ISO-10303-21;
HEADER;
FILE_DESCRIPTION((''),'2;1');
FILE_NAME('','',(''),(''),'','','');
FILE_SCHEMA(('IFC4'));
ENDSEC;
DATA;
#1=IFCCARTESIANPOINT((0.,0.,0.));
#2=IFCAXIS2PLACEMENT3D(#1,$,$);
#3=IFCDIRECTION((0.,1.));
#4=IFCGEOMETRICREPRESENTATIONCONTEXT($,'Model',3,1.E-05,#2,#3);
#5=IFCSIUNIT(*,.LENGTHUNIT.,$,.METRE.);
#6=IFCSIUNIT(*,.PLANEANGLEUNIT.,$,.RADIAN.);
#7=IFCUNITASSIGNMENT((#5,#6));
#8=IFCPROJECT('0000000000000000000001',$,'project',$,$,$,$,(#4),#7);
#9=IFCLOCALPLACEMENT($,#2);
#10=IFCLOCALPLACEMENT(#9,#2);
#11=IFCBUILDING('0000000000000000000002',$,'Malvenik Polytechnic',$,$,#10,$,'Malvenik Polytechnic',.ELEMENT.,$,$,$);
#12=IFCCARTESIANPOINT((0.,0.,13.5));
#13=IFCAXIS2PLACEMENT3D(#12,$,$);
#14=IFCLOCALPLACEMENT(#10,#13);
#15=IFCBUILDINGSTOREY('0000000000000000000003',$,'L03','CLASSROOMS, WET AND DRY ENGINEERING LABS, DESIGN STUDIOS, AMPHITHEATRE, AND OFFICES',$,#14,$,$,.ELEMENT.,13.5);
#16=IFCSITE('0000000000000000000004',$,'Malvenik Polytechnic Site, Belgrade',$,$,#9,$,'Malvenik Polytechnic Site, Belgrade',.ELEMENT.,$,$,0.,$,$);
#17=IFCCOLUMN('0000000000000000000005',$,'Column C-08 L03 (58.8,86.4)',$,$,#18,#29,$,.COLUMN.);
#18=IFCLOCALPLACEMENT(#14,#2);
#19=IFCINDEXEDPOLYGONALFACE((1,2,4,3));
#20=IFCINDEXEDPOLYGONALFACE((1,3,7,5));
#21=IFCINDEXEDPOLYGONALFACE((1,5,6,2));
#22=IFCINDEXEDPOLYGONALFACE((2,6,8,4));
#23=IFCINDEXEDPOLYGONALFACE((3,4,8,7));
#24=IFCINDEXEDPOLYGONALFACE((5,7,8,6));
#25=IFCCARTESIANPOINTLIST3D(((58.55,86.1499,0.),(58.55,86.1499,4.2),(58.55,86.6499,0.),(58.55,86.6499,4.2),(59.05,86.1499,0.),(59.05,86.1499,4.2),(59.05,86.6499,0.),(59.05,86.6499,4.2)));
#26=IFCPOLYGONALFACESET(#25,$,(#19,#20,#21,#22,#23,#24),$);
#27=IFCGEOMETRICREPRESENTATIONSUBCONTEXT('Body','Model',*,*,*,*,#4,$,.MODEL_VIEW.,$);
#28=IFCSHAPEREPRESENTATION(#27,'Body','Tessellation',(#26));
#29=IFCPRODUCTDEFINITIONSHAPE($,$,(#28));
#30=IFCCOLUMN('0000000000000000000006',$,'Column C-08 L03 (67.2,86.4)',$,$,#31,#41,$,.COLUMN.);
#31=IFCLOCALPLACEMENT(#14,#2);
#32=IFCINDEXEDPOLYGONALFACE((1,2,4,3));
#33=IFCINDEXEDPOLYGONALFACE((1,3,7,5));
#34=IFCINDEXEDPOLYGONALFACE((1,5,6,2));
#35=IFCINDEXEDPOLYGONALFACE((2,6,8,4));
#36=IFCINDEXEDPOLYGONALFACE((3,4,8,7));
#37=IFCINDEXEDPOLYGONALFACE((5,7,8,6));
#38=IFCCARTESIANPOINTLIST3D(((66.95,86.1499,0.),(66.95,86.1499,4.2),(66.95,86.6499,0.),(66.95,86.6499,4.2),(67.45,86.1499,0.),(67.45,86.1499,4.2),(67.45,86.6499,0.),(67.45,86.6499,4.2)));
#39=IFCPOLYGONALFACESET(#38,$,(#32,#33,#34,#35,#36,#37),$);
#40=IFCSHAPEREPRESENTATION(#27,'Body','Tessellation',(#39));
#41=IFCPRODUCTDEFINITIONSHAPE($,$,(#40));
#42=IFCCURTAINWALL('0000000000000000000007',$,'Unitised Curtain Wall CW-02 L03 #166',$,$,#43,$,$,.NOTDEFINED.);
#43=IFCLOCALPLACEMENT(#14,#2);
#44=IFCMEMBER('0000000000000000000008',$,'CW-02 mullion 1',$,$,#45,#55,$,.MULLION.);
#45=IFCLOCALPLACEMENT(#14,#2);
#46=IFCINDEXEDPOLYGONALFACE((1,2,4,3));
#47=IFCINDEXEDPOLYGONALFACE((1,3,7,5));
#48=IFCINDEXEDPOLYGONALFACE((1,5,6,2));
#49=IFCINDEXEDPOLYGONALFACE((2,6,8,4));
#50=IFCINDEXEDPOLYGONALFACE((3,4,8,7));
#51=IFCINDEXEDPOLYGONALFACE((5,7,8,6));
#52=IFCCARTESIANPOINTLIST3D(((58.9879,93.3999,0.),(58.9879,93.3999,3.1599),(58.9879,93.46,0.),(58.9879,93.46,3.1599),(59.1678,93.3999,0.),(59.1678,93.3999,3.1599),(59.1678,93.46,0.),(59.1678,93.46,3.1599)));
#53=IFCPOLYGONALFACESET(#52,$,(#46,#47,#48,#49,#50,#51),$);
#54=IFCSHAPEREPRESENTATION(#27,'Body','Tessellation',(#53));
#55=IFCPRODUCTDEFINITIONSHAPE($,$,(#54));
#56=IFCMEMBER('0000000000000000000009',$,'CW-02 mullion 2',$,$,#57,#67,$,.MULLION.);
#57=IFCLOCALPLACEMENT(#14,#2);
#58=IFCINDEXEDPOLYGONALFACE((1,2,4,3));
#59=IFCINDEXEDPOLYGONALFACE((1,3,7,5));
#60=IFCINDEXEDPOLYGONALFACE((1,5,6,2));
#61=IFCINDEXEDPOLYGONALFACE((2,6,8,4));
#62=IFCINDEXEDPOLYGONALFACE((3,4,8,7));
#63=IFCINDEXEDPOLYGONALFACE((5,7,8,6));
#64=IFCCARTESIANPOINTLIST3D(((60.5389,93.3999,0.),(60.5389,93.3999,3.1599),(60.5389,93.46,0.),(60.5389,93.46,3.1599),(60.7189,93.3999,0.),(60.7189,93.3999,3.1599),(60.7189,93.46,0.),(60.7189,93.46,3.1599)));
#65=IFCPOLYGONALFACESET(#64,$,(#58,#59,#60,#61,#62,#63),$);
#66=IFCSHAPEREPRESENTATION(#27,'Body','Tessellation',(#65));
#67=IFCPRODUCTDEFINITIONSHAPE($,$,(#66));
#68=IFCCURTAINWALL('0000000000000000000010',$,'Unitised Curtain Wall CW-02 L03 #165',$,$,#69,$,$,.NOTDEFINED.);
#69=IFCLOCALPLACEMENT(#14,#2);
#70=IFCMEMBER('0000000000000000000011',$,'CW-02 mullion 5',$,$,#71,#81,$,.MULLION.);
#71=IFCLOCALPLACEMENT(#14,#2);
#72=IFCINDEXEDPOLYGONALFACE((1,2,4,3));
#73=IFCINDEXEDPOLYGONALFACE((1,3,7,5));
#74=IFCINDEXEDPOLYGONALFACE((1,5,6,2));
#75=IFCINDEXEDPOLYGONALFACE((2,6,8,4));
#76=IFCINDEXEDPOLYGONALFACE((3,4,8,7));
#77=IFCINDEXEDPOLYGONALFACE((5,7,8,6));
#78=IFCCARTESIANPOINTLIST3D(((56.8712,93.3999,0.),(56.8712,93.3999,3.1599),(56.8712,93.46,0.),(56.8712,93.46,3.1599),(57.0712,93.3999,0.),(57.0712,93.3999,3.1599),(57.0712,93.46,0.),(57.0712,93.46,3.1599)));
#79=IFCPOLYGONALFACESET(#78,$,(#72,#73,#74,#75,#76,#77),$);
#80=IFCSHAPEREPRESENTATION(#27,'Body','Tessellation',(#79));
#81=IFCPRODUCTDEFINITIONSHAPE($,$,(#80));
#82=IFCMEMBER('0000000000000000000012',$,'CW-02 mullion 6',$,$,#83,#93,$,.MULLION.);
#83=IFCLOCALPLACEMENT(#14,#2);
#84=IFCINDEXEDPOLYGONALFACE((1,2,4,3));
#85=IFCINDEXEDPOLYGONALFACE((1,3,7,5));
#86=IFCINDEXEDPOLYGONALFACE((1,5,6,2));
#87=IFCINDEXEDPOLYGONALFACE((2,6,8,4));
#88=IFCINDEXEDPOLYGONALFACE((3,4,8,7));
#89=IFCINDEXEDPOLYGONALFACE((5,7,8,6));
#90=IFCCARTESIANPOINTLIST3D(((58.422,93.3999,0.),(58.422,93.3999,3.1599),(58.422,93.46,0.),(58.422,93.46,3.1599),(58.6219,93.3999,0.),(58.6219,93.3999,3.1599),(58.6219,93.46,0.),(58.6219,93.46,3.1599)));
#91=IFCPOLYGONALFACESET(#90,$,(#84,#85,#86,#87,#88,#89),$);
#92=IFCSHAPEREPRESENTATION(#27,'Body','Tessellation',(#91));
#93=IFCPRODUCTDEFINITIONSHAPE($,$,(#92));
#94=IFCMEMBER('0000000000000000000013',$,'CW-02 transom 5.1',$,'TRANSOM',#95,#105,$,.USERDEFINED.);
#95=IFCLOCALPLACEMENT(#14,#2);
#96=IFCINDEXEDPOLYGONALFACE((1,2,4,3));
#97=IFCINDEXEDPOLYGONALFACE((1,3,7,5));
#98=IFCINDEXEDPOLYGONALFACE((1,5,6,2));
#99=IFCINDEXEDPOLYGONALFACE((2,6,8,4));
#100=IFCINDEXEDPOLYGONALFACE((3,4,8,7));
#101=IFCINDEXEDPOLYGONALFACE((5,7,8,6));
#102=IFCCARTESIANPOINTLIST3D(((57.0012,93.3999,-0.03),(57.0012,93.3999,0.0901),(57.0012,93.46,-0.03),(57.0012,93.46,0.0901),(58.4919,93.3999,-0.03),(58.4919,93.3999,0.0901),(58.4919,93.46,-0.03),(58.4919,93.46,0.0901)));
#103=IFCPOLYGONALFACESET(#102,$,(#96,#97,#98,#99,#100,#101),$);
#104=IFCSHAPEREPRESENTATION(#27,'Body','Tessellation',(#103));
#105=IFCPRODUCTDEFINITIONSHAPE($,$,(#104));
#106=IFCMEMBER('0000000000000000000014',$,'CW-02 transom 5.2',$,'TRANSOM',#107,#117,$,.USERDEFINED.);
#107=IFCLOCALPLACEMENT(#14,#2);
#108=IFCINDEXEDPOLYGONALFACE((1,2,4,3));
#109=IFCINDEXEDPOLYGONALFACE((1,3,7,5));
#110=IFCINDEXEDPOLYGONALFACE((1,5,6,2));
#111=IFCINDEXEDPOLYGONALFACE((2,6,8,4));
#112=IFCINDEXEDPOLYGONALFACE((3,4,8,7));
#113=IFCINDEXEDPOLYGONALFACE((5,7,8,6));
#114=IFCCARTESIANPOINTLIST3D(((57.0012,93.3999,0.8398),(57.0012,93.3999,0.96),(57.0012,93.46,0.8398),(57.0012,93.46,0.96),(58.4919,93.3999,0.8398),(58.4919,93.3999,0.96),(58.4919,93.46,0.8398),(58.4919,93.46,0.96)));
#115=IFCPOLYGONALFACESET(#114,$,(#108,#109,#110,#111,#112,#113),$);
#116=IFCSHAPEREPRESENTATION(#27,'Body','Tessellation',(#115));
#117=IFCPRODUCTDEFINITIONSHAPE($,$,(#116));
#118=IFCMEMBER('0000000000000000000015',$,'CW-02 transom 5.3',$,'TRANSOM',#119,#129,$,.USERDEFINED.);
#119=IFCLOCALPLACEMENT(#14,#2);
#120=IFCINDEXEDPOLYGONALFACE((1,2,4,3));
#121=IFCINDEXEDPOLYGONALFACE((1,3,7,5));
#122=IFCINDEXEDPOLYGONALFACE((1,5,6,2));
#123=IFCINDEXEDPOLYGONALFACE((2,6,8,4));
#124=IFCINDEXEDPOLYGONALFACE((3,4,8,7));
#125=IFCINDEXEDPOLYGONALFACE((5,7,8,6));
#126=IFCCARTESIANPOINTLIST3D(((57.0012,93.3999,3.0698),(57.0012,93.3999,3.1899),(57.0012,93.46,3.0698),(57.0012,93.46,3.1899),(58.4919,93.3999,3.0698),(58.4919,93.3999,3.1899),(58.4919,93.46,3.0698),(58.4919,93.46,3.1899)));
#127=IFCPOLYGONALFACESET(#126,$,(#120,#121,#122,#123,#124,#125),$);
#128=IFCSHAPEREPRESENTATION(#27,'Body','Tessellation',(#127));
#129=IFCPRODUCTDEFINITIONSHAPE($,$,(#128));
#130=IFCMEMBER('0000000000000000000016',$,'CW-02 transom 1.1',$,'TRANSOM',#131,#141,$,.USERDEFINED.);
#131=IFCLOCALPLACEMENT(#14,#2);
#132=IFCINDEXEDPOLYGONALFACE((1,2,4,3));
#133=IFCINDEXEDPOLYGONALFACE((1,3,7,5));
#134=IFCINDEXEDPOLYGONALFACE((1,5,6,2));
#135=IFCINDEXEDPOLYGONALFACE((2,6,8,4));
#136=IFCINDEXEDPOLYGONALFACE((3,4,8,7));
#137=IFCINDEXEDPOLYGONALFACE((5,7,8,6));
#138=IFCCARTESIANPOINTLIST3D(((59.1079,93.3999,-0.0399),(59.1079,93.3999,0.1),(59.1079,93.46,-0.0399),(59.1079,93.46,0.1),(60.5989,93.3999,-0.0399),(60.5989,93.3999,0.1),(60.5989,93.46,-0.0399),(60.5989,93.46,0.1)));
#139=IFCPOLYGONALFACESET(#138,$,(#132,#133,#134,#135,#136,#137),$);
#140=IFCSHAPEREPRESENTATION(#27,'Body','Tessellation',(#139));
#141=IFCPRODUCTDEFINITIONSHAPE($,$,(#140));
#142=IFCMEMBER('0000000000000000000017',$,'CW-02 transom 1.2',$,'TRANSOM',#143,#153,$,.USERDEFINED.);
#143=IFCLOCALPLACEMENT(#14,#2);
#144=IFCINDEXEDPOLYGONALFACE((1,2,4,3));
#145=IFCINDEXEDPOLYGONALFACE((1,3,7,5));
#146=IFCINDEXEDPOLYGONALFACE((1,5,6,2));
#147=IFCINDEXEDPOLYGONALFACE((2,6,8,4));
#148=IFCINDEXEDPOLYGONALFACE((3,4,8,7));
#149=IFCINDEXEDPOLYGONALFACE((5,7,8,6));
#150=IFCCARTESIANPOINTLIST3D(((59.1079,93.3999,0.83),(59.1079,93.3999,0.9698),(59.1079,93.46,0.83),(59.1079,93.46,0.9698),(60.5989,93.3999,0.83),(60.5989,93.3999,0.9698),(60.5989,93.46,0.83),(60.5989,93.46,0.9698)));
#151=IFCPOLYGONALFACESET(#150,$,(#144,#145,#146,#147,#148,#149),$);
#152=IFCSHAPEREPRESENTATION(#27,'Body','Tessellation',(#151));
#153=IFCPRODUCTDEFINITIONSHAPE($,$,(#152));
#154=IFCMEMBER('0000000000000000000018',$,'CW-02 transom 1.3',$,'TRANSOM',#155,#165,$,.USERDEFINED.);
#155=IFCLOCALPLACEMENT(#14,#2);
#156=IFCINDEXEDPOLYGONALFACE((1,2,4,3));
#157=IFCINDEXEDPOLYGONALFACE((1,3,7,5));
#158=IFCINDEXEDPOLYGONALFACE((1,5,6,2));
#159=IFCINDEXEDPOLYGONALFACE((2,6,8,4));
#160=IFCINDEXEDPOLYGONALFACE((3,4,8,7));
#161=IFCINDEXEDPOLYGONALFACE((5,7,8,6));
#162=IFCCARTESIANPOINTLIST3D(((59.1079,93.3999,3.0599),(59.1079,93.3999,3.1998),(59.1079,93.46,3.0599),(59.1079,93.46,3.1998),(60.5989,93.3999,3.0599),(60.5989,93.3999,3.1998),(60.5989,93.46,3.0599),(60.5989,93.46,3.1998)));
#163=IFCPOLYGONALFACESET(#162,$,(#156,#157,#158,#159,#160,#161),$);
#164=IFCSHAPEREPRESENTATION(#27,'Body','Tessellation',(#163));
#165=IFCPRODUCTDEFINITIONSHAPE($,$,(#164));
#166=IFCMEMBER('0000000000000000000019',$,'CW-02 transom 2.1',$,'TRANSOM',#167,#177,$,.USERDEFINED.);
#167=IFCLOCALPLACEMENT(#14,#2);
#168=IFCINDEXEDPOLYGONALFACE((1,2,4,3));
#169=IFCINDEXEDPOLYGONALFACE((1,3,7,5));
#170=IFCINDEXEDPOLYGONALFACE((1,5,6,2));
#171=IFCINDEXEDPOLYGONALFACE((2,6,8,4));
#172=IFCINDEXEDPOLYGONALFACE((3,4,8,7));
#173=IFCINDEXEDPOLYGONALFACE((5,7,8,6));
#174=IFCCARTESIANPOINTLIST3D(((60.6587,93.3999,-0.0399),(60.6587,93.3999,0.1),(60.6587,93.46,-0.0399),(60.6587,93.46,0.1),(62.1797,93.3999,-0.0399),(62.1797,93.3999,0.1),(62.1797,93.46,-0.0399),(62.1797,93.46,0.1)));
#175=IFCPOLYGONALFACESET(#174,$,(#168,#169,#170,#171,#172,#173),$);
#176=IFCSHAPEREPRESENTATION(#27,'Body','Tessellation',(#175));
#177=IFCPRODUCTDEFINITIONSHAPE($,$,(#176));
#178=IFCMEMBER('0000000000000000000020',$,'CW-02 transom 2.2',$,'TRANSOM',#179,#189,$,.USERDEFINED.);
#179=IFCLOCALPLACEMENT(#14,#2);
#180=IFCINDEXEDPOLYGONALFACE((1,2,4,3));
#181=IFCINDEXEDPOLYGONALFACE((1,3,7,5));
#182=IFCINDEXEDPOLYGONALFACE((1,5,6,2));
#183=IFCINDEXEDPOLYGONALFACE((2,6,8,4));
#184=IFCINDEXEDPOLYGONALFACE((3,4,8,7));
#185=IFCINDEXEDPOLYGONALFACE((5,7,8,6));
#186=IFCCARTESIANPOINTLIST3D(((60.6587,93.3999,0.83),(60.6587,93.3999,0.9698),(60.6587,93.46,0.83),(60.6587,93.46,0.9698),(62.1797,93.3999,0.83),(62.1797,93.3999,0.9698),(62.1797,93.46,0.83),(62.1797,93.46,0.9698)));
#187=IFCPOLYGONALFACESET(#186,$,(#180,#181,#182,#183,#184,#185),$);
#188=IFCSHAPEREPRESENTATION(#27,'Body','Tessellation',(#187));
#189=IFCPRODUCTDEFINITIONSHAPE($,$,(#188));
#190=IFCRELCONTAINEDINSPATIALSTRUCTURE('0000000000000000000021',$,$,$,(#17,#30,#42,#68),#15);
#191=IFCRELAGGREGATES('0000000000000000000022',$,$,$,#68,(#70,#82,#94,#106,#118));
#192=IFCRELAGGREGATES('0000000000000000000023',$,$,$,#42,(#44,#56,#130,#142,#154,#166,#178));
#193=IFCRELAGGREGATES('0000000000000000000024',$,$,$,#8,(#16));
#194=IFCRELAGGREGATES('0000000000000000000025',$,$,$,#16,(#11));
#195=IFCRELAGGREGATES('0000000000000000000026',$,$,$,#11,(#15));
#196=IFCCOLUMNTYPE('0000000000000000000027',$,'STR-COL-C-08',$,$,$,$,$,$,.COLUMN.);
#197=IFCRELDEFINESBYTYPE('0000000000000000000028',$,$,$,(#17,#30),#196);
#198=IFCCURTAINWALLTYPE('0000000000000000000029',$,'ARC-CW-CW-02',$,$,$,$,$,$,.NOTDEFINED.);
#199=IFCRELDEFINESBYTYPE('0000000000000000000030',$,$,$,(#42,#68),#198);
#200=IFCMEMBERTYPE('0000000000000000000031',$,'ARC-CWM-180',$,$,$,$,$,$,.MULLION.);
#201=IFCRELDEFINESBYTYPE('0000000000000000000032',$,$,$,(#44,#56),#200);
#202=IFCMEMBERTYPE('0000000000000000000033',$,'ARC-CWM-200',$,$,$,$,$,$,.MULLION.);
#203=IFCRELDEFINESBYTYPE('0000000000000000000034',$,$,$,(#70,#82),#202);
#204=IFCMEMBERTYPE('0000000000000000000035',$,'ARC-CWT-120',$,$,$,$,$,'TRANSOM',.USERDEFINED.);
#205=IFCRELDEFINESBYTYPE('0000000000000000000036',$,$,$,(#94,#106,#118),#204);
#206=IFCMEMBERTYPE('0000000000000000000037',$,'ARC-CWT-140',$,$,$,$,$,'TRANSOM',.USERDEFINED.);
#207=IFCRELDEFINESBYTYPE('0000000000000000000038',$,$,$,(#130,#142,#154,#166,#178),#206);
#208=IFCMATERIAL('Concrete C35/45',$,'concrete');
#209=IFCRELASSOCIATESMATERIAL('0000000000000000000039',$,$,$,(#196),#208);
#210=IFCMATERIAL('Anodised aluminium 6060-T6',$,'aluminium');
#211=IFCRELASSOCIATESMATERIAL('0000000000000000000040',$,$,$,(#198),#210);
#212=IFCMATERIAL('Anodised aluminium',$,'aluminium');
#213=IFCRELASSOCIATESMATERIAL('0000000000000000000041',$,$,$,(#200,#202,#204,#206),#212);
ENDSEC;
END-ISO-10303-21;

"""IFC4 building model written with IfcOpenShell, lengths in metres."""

from ifc_helpers import new_model, si_unit, direction, frame, origin, origin_2d, place, context, subcontext, project, spatial, rectangle, extrude, material, material_profile, profile_set, type_object, element, aggregate, save


model = new_model("IFC4")

# Units and contexts
model_context = context("Model", 3, precision=1e-05, world=origin(), true_north=direction((0.0, 1.0)))
body_context = subcontext(model_context, "Body", "Model", "MODEL_VIEW")
ifc_project = project(units=[si_unit("LENGTHUNIT", "METRE"), si_unit("PLANEANGLEUNIT", "RADIAN")], contexts=[model_context])

# Site, building, storey
site_placement = place(None, origin())
site = spatial("IfcSite", under=ifc_project, at=site_placement, Name="Malvenik Polytechnic Site, Belgrade", LongName="Malvenik Polytechnic Site, Belgrade", CompositionType="ELEMENT", RefElevation=0.0)
building_placement = place(site_placement, origin())
building = spatial("IfcBuilding", under=site, at=building_placement, Name="Malvenik Polytechnic", LongName="Malvenik Polytechnic", CompositionType="ELEMENT")
storey_placement = place(building_placement, frame((0.0, 0.0, 13.5)))
storey = spatial("IfcBuildingStorey", under=building, at=storey_placement, Name="L03", Description="CLASSROOMS, WET AND DRY ENGINEERING LABS, DESIGN STUDIOS, AMPHITHEATRE, AND OFFICES", CompositionType="ELEMENT", Elevation=13.5)

# Columns
ifc_material_1 = material(Name="Concrete C35/45", Category="concrete")
ifc_material_profile_1 = material_profile(ifc_material_1, rectangle(XDim=0.5, YDim=0.5, at=origin_2d()), Name="RC COL 500x500")
ifc_profile_set_1 = profile_set([ifc_material_profile_1], Name="Concrete C35/45")
column_type = type_object("IfcColumnType", Name="STR-COL-C-08", PredefinedType="COLUMN", material=ifc_profile_set_1)
for number, where, z_axis, x_axis, name in (
    (1, (58.8, 86.3999, 0.0), (0.0, 0.0, 1.0), (1.0, 0.0, 0.0), "Column C-08 L03 (58.8,86.4)"),
    (2, (67.2, 86.3999, 0.0), (0.0, 0.0, 1.0), (1.0, 0.0, 0.0), "Column C-08 L03 (67.2,86.4)"),
):
    element("IfcColumn", number, at=place(storey_placement, frame(where, z_axis=z_axis, x_axis=x_axis)), inside=storey, type_object=column_type, Name=name, PredefinedType="COLUMN", context=body_context, shape_type="SweptSolid", body=[
        extrude(rectangle(XDim=0.5, YDim=0.5, at=origin_2d()), origin(), (0.0, 0.0, 1.0), 4.2),
    ])

# Curtain walls, members
ifc_material_2 = material(Name="Anodised aluminium 6060-T6", Category="aluminium")
curtain_wall_type = type_object("IfcCurtainWallType", Name="ARC-CW-CW-02", PredefinedType="NOTDEFINED", material=ifc_material_2)
curtain_wall_1_placement = place(storey_placement, origin())
curtain_wall_1 = element("IfcCurtainWall", 3, at=curtain_wall_1_placement, inside=storey, type_object=curtain_wall_type, Name="Unitised Curtain Wall CW-02 L03 #166", PredefinedType="NOTDEFINED")
ifc_material_3 = material(Name="Anodised aluminium", Category="aluminium")
ifc_material_profile_2 = material_profile(ifc_material_3, rectangle(XDim=0.0601, YDim=0.1799, at=origin_2d()), Name="ALU MULLION 60x180")
ifc_profile_set_2 = profile_set([ifc_material_profile_2], Name="Anodised aluminium")
member_type_1 = type_object("IfcMemberType", Name="ARC-CWM-180", PredefinedType="MULLION", material=ifc_profile_set_2)
member_1_placement = place(storey_placement, frame((59.0779, 93.4299, 0.0), z_axis=(0.0, 0.0, 1.0), x_axis=(0.0, 1.0, 0.0)))
member_1 = element("IfcMember", 4, at=member_1_placement, type_object=member_type_1, Name="CW-02 mullion 1", PredefinedType="MULLION", context=body_context, shape_type="SweptSolid", body=[
    extrude(rectangle(XDim=0.0601, YDim=0.1799, at=origin_2d()), origin(), (0.0, 0.0, 1.0), 3.1599),
])
member_2_placement = place(storey_placement, frame((60.6289, 93.4299, 0.0), z_axis=(0.0, 0.0, 1.0), x_axis=(0.0, 1.0, 0.0)))
member_2 = element("IfcMember", 5, at=member_2_placement, type_object=member_type_1, Name="CW-02 mullion 2", PredefinedType="MULLION", context=body_context, shape_type="SweptSolid", body=[
    extrude(rectangle(XDim=0.0601, YDim=0.1799, at=origin_2d()), origin(), (0.0, 0.0, 1.0), 3.1599),
])
curtain_wall_2_placement = place(storey_placement, origin())
curtain_wall_2 = element("IfcCurtainWall", 6, at=curtain_wall_2_placement, inside=storey, type_object=curtain_wall_type, Name="Unitised Curtain Wall CW-02 L03 #165", PredefinedType="NOTDEFINED")
ifc_material_profile_3 = material_profile(ifc_material_3, rectangle(XDim=0.0601, YDim=0.2, at=origin_2d()), Name="ALU MULLION 60x200")
ifc_profile_set_3 = profile_set([ifc_material_profile_3], Name="Anodised aluminium")
member_type_2 = type_object("IfcMemberType", Name="ARC-CWM-200", PredefinedType="MULLION", material=ifc_profile_set_3)
member_3_placement = place(storey_placement, frame((56.9712, 93.4299, 0.0), z_axis=(0.0, 0.0, 1.0), x_axis=(0.0, 1.0, 0.0)))
member_3 = element("IfcMember", 7, at=member_3_placement, type_object=member_type_2, Name="CW-02 mullion 5", PredefinedType="MULLION", context=body_context, shape_type="SweptSolid", body=[
    extrude(rectangle(XDim=0.0601, YDim=0.2, at=origin_2d()), origin(), (0.0, 0.0, 1.0), 3.1599),
])
member_4_placement = place(storey_placement, frame((58.522, 93.4299, 0.0), z_axis=(0.0, 0.0, 1.0), x_axis=(0.0, 1.0, 0.0)))
member_4 = element("IfcMember", 8, at=member_4_placement, type_object=member_type_2, Name="CW-02 mullion 6", PredefinedType="MULLION", context=body_context, shape_type="SweptSolid", body=[
    extrude(rectangle(XDim=0.0601, YDim=0.2, at=origin_2d()), origin(), (0.0, 0.0, 1.0), 3.1599),
])
ifc_material_profile_4 = material_profile(ifc_material_3, rectangle(XDim=0.0601, YDim=0.1201, at=origin_2d()), Name="ALU TRANSOM 60x120")
ifc_profile_set_4 = profile_set([ifc_material_profile_4], Name="Anodised aluminium")
member_type_3 = type_object("IfcMemberType", Name="ARC-CWT-120", ElementType="TRANSOM", PredefinedType="USERDEFINED", material=ifc_profile_set_4)
member_5_placement = place(storey_placement, frame((57.0012, 93.4299, 0.03), z_axis=(1.0, 0.0, 0.0), x_axis=(0.0, 1.0, 0.0)))
member_5 = element("IfcMember", 9, at=member_5_placement, type_object=member_type_3, Name="CW-02 transom 5.1", ObjectType="TRANSOM", PredefinedType="USERDEFINED", context=body_context, shape_type="SweptSolid", body=[
    extrude(rectangle(XDim=0.0601, YDim=0.1201, at=origin_2d()), origin(), (0.0, 0.0, 1.0), 1.4907),
])
member_6_placement = place(storey_placement, frame((57.0012, 93.4299, 0.8999), z_axis=(1.0, 0.0, 0.0), x_axis=(0.0, 1.0, 0.0)))
member_6 = element("IfcMember", 10, at=member_6_placement, type_object=member_type_3, Name="CW-02 transom 5.2", ObjectType="TRANSOM", PredefinedType="USERDEFINED", context=body_context, shape_type="SweptSolid", body=[
    extrude(rectangle(XDim=0.0601, YDim=0.1201, at=origin_2d()), origin(), (0.0, 0.0, 1.0), 1.4907),
])
member_7_placement = place(storey_placement, frame((57.0012, 93.4299, 3.1299), z_axis=(1.0, 0.0, 0.0), x_axis=(0.0, 1.0, 0.0)))
member_7 = element("IfcMember", 11, at=member_7_placement, type_object=member_type_3, Name="CW-02 transom 5.3", ObjectType="TRANSOM", PredefinedType="USERDEFINED", context=body_context, shape_type="SweptSolid", body=[
    extrude(rectangle(XDim=0.0601, YDim=0.1201, at=origin_2d()), origin(), (0.0, 0.0, 1.0), 1.4907),
])

# Members
ifc_material_profile_5 = material_profile(ifc_material_3, rectangle(XDim=0.0601, YDim=0.1399, at=origin_2d()), Name="ALU TRANSOM 60x140")
ifc_profile_set_5 = profile_set([ifc_material_profile_5], Name="Anodised aluminium")
member_type_4 = type_object("IfcMemberType", Name="ARC-CWT-140", ElementType="TRANSOM", PredefinedType="USERDEFINED", material=ifc_profile_set_5)
member_8_placement = place(storey_placement, frame((59.1079, 93.4299, 0.03), z_axis=(1.0, 0.0, 0.0), x_axis=(0.0, 1.0, 0.0)))
member_8 = element("IfcMember", 12, at=member_8_placement, type_object=member_type_4, Name="CW-02 transom 1.1", ObjectType="TRANSOM", PredefinedType="USERDEFINED", context=body_context, shape_type="SweptSolid", body=[
    extrude(rectangle(XDim=0.0601, YDim=0.1399, at=origin_2d()), origin(), (0.0, 0.0, 1.0), 1.491),
])
member_9_placement = place(storey_placement, frame((59.1079, 93.4299, 0.8999), z_axis=(1.0, 0.0, 0.0), x_axis=(0.0, 1.0, 0.0)))
member_9 = element("IfcMember", 13, at=member_9_placement, type_object=member_type_4, Name="CW-02 transom 1.2", ObjectType="TRANSOM", PredefinedType="USERDEFINED", context=body_context, shape_type="SweptSolid", body=[
    extrude(rectangle(XDim=0.0601, YDim=0.1399, at=origin_2d()), origin(), (0.0, 0.0, 1.0), 1.491),
])
member_10_placement = place(storey_placement, frame((59.1079, 93.4299, 3.1299), z_axis=(1.0, 0.0, 0.0), x_axis=(0.0, 1.0, 0.0)))
member_10 = element("IfcMember", 14, at=member_10_placement, type_object=member_type_4, Name="CW-02 transom 1.3", ObjectType="TRANSOM", PredefinedType="USERDEFINED", context=body_context, shape_type="SweptSolid", body=[
    extrude(rectangle(XDim=0.0601, YDim=0.1399, at=origin_2d()), origin(), (0.0, 0.0, 1.0), 1.491),
])
member_11_placement = place(storey_placement, frame((60.6587, 93.4299, 0.03), z_axis=(1.0, 0.0, 0.0), x_axis=(0.0, 1.0, 0.0)))
member_11 = element("IfcMember", 15, at=member_11_placement, type_object=member_type_4, Name="CW-02 transom 2.1", ObjectType="TRANSOM", PredefinedType="USERDEFINED", context=body_context, shape_type="SweptSolid", body=[
    extrude(rectangle(XDim=0.0601, YDim=0.1399, at=origin_2d()), origin(), (0.0, 0.0, 1.0), 1.521),
])
member_12_placement = place(storey_placement, frame((60.6587, 93.4299, 0.8999), z_axis=(1.0, 0.0, 0.0), x_axis=(0.0, 1.0, 0.0)))
member_12 = element("IfcMember", 16, at=member_12_placement, type_object=member_type_4, Name="CW-02 transom 2.2", ObjectType="TRANSOM", PredefinedType="USERDEFINED", context=body_context, shape_type="SweptSolid", body=[
    extrude(rectangle(XDim=0.0601, YDim=0.1399, at=origin_2d()), origin(), (0.0, 0.0, 1.0), 1.521),
])

aggregate(curtain_wall_2, [member_3, member_4, member_5, member_6, member_7])
aggregate(curtain_wall_1, [member_1, member_2, member_8, member_9, member_10, member_11, member_12])

save(model, "model.ifc")
